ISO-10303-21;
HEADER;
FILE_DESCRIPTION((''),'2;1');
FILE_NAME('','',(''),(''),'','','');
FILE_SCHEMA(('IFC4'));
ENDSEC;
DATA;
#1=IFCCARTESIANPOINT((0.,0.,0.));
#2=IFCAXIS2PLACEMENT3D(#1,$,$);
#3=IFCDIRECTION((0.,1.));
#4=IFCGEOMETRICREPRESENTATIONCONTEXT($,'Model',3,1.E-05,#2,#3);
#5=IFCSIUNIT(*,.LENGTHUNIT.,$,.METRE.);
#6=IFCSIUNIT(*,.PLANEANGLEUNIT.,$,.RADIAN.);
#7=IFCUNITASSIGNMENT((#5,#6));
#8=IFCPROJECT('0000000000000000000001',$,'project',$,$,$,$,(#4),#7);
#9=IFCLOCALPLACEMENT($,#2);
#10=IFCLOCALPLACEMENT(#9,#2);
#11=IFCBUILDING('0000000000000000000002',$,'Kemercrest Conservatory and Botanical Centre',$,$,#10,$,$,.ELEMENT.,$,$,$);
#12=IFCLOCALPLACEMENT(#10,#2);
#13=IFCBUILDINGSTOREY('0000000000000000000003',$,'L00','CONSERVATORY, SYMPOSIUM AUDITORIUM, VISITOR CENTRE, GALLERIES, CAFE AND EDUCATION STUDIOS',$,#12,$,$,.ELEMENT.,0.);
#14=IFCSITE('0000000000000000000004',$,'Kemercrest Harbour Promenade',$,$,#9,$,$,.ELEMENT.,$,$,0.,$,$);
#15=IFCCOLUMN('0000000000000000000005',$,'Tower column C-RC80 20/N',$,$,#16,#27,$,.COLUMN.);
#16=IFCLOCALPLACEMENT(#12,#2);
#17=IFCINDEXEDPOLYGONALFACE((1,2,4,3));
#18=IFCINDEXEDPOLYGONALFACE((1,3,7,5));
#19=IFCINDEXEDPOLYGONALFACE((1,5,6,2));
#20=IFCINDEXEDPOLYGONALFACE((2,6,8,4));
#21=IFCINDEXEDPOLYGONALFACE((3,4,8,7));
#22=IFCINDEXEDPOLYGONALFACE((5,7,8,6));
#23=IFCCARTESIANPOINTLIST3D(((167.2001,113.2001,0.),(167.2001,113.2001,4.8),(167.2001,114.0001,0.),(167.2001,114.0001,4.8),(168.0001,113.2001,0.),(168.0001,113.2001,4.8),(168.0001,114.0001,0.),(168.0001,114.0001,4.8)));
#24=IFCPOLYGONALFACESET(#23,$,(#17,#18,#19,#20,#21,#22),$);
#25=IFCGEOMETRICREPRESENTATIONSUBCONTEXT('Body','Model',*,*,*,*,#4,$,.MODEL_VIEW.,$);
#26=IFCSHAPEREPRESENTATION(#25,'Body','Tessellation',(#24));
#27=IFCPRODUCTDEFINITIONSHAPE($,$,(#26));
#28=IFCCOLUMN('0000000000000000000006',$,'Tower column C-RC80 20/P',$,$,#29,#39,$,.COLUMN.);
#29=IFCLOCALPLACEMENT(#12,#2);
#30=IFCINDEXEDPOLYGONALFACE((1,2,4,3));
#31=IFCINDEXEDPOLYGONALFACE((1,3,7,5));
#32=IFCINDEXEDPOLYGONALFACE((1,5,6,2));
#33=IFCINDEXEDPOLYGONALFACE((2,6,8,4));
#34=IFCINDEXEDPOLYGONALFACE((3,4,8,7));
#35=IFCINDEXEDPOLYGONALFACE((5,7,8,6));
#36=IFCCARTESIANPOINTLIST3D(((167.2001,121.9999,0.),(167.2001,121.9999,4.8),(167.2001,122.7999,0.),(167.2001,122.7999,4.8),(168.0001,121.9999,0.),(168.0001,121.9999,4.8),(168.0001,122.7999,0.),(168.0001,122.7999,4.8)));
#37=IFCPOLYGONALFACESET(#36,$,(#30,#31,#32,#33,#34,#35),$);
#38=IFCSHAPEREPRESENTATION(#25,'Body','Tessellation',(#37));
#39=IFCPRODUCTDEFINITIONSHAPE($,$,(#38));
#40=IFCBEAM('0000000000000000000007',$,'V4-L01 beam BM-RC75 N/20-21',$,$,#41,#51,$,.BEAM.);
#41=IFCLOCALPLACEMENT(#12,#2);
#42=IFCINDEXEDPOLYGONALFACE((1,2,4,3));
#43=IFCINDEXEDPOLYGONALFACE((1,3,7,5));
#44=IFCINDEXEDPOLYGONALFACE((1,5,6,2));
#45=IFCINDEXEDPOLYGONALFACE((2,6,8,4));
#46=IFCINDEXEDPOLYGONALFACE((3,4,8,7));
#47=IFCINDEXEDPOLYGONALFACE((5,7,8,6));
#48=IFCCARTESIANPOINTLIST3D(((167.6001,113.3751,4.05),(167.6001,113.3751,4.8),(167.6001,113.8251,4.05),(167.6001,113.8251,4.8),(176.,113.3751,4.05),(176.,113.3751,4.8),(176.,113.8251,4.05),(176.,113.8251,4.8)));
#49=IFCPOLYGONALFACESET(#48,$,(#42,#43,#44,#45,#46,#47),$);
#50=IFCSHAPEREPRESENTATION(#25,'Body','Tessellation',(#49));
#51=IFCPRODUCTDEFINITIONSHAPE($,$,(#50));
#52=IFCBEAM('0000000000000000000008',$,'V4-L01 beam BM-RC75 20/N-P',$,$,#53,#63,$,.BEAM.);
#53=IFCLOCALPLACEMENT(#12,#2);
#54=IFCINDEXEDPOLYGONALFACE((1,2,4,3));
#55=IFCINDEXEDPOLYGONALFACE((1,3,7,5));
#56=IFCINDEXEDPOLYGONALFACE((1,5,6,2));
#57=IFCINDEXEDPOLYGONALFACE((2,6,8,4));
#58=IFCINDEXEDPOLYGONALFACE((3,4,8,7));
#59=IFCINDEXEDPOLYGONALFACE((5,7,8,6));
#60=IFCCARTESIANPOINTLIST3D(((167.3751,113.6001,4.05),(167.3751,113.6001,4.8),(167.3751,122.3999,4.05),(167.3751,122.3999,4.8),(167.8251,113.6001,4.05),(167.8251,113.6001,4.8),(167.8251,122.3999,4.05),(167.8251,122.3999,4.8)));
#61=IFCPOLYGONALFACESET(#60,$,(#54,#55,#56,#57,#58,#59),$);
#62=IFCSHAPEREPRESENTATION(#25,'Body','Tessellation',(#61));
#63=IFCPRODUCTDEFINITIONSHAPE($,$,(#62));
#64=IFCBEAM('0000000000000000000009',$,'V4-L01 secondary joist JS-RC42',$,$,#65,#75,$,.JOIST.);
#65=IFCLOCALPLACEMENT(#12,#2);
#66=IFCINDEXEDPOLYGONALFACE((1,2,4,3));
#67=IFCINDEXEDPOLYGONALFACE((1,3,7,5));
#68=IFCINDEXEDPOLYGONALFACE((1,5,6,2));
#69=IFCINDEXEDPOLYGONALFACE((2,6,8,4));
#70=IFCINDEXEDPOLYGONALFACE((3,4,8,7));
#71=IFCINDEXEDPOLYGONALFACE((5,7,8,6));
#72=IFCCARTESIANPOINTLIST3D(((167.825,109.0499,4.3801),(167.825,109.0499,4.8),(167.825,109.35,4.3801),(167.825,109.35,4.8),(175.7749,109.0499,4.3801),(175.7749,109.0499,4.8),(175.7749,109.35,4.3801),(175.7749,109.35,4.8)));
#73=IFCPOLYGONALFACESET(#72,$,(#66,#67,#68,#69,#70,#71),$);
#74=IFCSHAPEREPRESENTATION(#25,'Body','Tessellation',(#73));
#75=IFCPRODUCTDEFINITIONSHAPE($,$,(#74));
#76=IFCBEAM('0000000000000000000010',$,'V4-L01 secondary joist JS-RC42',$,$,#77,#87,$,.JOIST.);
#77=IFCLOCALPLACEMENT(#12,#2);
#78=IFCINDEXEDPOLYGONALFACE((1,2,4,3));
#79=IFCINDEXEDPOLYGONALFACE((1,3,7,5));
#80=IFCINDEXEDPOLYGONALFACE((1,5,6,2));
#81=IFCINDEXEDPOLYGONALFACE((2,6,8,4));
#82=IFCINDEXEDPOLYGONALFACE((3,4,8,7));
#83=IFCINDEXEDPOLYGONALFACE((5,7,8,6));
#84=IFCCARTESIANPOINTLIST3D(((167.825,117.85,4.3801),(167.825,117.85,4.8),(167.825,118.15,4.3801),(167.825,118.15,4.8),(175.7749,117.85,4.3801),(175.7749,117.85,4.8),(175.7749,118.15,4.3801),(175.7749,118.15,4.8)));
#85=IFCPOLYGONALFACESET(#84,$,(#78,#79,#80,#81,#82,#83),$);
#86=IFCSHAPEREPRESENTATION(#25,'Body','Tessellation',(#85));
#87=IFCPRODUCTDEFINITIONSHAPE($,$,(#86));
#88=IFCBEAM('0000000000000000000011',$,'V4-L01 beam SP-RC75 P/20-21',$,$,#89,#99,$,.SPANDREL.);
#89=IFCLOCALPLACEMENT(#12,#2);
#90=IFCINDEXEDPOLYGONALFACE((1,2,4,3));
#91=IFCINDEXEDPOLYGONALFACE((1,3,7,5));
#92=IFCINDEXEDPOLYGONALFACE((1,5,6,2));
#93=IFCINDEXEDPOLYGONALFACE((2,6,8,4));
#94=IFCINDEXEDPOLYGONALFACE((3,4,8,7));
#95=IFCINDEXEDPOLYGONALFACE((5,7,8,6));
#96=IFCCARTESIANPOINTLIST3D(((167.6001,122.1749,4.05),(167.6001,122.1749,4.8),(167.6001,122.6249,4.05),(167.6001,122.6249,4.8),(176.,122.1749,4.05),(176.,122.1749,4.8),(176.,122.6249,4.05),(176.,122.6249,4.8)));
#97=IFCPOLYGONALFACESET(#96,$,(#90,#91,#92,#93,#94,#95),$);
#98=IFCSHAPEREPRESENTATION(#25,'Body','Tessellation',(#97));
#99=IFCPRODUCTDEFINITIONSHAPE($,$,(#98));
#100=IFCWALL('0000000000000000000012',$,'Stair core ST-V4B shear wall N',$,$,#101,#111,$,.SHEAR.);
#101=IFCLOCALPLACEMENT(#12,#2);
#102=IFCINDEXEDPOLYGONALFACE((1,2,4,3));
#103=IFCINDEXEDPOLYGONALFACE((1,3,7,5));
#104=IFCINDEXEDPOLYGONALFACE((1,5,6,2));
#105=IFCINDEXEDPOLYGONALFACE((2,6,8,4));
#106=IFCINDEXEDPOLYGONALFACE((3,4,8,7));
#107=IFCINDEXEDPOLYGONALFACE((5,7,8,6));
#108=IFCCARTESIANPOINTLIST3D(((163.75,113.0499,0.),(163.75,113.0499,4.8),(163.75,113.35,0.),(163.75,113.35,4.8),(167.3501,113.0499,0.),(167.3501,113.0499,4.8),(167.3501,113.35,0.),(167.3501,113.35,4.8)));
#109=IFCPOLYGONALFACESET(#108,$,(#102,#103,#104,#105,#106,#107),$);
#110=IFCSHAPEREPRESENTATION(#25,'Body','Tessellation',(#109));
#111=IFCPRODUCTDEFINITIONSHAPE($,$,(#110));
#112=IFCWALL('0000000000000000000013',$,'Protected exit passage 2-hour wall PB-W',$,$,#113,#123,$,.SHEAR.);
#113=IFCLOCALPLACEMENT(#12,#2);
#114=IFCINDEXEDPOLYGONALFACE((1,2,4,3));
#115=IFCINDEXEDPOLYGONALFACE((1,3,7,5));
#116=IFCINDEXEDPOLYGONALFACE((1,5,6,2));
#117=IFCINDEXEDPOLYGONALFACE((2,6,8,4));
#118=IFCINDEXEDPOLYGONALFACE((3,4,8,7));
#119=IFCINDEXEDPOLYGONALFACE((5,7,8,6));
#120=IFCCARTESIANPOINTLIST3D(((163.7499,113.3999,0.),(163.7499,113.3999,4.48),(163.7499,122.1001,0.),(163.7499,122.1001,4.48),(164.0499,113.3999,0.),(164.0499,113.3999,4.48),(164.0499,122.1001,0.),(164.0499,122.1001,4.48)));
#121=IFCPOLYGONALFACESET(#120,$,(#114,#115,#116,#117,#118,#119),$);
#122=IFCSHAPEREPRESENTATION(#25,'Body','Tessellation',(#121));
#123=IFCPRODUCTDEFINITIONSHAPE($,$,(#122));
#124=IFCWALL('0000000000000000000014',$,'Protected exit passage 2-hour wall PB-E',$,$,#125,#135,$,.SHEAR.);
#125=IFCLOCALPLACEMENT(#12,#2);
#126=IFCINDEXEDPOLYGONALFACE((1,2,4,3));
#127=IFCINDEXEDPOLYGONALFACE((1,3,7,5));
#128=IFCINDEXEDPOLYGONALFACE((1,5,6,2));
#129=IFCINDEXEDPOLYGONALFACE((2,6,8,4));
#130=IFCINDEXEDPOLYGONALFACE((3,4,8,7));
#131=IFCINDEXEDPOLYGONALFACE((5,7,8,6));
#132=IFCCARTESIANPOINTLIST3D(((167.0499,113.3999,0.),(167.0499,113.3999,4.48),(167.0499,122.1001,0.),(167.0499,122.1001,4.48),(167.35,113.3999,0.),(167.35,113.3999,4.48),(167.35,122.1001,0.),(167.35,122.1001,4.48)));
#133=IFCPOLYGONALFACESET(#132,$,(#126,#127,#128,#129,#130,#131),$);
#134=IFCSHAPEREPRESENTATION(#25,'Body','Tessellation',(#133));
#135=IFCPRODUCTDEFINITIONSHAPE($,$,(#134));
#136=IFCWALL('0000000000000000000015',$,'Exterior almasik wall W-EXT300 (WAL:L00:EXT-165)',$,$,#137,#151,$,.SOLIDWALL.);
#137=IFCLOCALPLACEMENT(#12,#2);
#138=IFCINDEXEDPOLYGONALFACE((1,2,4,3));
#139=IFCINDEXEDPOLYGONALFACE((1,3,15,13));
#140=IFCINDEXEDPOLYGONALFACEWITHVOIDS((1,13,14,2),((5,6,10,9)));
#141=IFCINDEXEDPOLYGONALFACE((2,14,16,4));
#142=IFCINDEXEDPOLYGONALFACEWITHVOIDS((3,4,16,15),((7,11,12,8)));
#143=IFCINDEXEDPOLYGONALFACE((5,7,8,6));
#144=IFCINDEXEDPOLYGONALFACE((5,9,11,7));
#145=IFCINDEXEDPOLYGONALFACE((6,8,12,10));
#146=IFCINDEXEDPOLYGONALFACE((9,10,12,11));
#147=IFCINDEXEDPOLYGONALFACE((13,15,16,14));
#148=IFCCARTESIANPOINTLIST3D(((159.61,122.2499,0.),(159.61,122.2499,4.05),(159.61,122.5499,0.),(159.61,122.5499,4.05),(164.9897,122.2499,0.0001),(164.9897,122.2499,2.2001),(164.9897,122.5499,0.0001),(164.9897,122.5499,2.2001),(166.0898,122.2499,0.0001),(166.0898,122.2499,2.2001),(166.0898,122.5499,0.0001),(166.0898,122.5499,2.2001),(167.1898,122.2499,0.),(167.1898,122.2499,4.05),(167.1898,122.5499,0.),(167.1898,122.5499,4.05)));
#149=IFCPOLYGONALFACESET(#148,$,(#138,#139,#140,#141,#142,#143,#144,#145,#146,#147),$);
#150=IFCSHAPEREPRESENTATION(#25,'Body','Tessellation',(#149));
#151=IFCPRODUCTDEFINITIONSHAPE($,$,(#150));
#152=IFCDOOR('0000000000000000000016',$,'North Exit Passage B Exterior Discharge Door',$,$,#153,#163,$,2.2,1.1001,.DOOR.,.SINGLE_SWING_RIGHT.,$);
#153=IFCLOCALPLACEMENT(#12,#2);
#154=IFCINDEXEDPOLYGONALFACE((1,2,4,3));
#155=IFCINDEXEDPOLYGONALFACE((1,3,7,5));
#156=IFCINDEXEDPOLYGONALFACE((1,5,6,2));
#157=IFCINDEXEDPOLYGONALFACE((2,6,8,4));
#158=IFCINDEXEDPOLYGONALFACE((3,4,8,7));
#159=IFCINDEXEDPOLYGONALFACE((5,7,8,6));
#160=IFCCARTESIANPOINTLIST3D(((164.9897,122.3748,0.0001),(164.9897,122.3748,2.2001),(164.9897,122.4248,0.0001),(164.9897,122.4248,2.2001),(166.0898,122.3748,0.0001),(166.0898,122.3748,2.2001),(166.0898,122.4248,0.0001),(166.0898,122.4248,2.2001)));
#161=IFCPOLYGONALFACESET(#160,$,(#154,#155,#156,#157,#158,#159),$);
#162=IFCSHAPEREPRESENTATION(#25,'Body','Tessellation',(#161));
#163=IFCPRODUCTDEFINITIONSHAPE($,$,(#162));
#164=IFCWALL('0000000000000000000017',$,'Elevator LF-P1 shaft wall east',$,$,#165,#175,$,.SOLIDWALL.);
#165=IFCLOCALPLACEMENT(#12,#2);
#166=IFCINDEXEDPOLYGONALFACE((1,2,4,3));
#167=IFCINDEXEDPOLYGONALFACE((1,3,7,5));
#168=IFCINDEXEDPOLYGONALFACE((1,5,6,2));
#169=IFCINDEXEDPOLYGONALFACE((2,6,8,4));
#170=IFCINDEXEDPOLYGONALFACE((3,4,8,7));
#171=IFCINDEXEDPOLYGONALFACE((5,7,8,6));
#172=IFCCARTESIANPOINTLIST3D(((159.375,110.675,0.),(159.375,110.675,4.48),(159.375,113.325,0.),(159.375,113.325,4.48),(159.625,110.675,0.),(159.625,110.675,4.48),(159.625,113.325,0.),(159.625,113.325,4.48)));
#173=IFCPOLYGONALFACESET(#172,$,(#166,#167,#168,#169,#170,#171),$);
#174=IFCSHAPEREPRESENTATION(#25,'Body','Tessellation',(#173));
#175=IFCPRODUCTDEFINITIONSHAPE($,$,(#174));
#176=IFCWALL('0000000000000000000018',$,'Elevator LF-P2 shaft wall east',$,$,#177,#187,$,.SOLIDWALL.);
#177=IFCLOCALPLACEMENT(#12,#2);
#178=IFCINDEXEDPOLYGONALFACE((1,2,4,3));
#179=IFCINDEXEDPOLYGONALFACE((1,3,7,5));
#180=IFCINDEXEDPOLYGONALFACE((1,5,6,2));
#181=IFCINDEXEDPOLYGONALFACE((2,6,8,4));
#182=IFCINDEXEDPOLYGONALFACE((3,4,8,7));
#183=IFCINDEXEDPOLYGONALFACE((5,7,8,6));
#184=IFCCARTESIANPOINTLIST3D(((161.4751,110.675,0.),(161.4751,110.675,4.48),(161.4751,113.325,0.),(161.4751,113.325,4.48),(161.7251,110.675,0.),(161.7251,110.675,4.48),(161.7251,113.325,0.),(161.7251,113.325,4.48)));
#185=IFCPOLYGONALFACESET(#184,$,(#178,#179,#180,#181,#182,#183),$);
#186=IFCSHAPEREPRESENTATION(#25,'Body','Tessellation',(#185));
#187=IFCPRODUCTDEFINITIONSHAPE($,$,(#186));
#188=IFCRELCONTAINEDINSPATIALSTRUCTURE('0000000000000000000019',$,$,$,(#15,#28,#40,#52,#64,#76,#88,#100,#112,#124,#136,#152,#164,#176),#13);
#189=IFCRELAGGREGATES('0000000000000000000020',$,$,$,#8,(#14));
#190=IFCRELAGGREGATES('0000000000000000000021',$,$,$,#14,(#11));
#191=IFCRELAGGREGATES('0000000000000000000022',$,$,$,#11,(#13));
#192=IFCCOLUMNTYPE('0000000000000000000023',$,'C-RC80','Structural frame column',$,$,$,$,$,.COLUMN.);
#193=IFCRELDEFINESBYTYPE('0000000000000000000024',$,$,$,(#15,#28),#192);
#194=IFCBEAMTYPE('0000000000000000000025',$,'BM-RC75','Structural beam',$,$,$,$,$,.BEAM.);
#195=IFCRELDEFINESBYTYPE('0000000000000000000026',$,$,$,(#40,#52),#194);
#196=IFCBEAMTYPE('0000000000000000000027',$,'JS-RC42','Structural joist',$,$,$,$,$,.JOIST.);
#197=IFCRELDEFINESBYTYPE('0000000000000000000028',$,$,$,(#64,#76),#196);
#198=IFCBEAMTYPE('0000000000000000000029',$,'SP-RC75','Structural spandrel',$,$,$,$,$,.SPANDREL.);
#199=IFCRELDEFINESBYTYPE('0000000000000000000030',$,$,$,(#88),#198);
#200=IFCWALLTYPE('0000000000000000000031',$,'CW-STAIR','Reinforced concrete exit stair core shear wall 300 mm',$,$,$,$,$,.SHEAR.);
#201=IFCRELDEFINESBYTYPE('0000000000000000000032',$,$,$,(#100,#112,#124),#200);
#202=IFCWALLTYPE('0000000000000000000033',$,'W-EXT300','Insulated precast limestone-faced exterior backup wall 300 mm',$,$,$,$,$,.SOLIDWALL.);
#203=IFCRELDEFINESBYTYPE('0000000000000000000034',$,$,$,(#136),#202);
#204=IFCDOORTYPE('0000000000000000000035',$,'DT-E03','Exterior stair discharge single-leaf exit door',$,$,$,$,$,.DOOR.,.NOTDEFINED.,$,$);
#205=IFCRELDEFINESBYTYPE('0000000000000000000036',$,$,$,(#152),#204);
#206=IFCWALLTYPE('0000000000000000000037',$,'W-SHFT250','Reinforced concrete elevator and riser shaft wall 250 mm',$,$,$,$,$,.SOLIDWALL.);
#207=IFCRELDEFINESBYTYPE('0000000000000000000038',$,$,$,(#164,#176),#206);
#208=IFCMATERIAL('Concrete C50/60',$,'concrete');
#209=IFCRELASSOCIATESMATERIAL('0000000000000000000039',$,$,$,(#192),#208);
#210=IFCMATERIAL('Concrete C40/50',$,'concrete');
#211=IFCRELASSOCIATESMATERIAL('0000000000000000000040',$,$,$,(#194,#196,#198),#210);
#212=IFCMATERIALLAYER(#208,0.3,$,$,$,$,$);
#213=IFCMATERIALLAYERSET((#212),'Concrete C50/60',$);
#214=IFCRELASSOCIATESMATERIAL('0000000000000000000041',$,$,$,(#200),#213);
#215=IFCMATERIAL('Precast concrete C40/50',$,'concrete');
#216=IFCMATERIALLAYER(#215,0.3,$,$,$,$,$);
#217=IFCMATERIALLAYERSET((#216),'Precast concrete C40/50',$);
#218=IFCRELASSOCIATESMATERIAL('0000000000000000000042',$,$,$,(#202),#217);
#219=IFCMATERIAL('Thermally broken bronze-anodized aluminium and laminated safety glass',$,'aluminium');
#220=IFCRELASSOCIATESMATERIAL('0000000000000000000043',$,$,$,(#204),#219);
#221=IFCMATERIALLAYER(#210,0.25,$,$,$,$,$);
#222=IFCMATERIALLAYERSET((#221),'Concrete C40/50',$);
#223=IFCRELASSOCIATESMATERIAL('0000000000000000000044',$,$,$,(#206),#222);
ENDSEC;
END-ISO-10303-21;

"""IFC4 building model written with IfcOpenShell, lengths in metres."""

from ifc_helpers import new_model, si_unit, direction, frame, frame_2d, origin, origin_2d, place, context, subcontext, project, spatial, rectangle, extrude, material, layer, layer_set, material_profile, profile_set, type_object, element, fill, save


model = new_model("IFC4")

# Units and contexts
model_context = context("Model", 3, precision=1e-05, world=origin(), true_north=direction((0.0, 1.0)))
body_context = subcontext(model_context, "Body", "Model", "MODEL_VIEW")
ifc_project = project(units=[si_unit("LENGTHUNIT", "METRE"), si_unit("PLANEANGLEUNIT", "RADIAN")], contexts=[model_context])

# Site, building, storey
site_placement = place(None, origin())
site = spatial("IfcSite", under=ifc_project, at=site_placement, Name="Kemercrest Harbour Promenade", CompositionType="ELEMENT", RefElevation=0.0)
building_placement = place(site_placement, origin())
building = spatial("IfcBuilding", under=site, at=building_placement, Name="Kemercrest Conservatory and Botanical Centre", CompositionType="ELEMENT")
storey_placement = place(building_placement, origin())
storey = spatial("IfcBuildingStorey", under=building, at=storey_placement, Name="L00", Description="CONSERVATORY, SYMPOSIUM AUDITORIUM, VISITOR CENTRE, GALLERIES, CAFE AND EDUCATION STUDIOS", CompositionType="ELEMENT", Elevation=0.0)

# Columns
ifc_material_1 = material(Name="Concrete C50/60", Category="concrete")
ifc_material_profile_1 = material_profile(ifc_material_1, rectangle(XDim=0.8, YDim=0.8, at=origin_2d()), Name="RC 800x800")
ifc_profile_set_1 = profile_set([ifc_material_profile_1], Name="Concrete C50/60")
column_type = type_object("IfcColumnType", Name="C-RC80", Description="Structural frame column", PredefinedType="COLUMN", material=ifc_profile_set_1)
for number, where, z_axis, x_axis, name in (
    (1, (167.6001, 113.6001, 0.0), (0.0, 0.0, 1.0), (1.0, 0.0, 0.0), "Tower column C-RC80 20/N"),
    (2, (167.6001, 122.3999, 0.0), (0.0, 0.0, 1.0), (1.0, 0.0, 0.0), "Tower column C-RC80 20/P"),
):
    element("IfcColumn", number, at=place(storey_placement, frame(where, z_axis=z_axis, x_axis=x_axis)), inside=storey, type_object=column_type, Name=name, PredefinedType="COLUMN", context=body_context, shape_type="SweptSolid", body=[
        extrude(rectangle(XDim=0.8, YDim=0.8, at=origin_2d()), origin(), (0.0, 0.0, 1.0), 4.8),
    ])

# Beams
ifc_material_2 = material(Name="Concrete C40/50", Category="concrete")
ifc_material_profile_2 = material_profile(ifc_material_2, rectangle(XDim=0.45, YDim=0.75, at=origin_2d()), Name="RC 450x750")
ifc_profile_set_2 = profile_set([ifc_material_profile_2], Name="Concrete C40/50")
beam_type_1 = type_object("IfcBeamType", Name="BM-RC75", Description="Structural beam", PredefinedType="BEAM", material=ifc_profile_set_2)
beam_1_placement = place(storey_placement, frame((167.6001, 113.6001, 4.425), z_axis=(1.0, 0.0, 0.0), x_axis=(0.0, 1.0, 0.0)))
element("IfcBeam", 3, at=beam_1_placement, inside=storey, type_object=beam_type_1, Name="V4-L01 beam BM-RC75 N/20-21", PredefinedType="BEAM", context=body_context, shape_type="SweptSolid", body=[
    extrude(rectangle(XDim=0.45, YDim=0.75, at=origin_2d()), origin(), (0.0, 0.0, 1.0), 8.3999),
])
beam_2_placement = place(storey_placement, frame((167.6001, 113.6001, 4.425), z_axis=(0.0, 1.0, 0.0), x_axis=(-1.0, 0.0, 0.0)))
element("IfcBeam", 4, at=beam_2_placement, inside=storey, type_object=beam_type_1, Name="V4-L01 beam BM-RC75 20/N-P", PredefinedType="BEAM", context=body_context, shape_type="SweptSolid", body=[
    extrude(rectangle(XDim=0.45, YDim=0.75, at=origin_2d()), origin(), (0.0, 0.0, 1.0), 8.7998),
])
ifc_material_profile_3 = material_profile(ifc_material_2, rectangle(XDim=0.3, YDim=0.4199, at=origin_2d()), Name="RC 300x420")
ifc_profile_set_3 = profile_set([ifc_material_profile_3], Name="Concrete C40/50")
beam_type_2 = type_object("IfcBeamType", Name="JS-RC42", Description="Structural joist", PredefinedType="JOIST", material=ifc_profile_set_3)
for number, where, z_axis, x_axis, name in (
    (5, (167.825, 109.2, 4.5901), (1.0, 0.0, 0.0), (0.0, 1.0, 0.0), "V4-L01 secondary joist JS-RC42"),
    (6, (167.825, 118.0, 4.5901), (1.0, 0.0, 0.0), (0.0, 1.0, 0.0), "V4-L01 secondary joist JS-RC42"),
):
    element("IfcBeam", number, at=place(storey_placement, frame(where, z_axis=z_axis, x_axis=x_axis)), inside=storey, type_object=beam_type_2, Name=name, PredefinedType="JOIST", context=body_context, shape_type="SweptSolid", body=[
        extrude(rectangle(XDim=0.3, YDim=0.4199, at=origin_2d()), origin(), (0.0, 0.0, 1.0), 7.95),
    ])
ifc_material_profile_4 = material_profile(ifc_material_2, rectangle(XDim=0.45, YDim=0.75, at=origin_2d()), Name="RC 450x750")
ifc_profile_set_4 = profile_set([ifc_material_profile_4], Name="Concrete C40/50")
beam_type_3 = type_object("IfcBeamType", Name="SP-RC75", Description="Structural spandrel", PredefinedType="SPANDREL", material=ifc_profile_set_4)
beam_3_placement = place(storey_placement, frame((167.6001, 122.3999, 4.425), z_axis=(1.0, 0.0, 0.0), x_axis=(0.0, 1.0, 0.0)))
element("IfcBeam", 7, at=beam_3_placement, inside=storey, type_object=beam_type_3, Name="V4-L01 beam SP-RC75 P/20-21", PredefinedType="SPANDREL", context=body_context, shape_type="SweptSolid", body=[
    extrude(rectangle(XDim=0.45, YDim=0.75, at=origin_2d()), origin(), (0.0, 0.0, 1.0), 8.3999),
])

# Walls
ifc_layer_1 = layer(ifc_material_1, 0.3)
ifc_layer_set_1 = layer_set([ifc_layer_1], Name="Concrete C50/60")
wall_type_1 = type_object("IfcWallType", Name="CW-STAIR", Description="Reinforced concrete exit stair core shear wall 300 mm", PredefinedType="SHEAR", material=ifc_layer_set_1)
wall_1_placement = place(storey_placement, frame((163.75, 113.2, 0.0), z_axis=(0.0, 0.0, 1.0), x_axis=(1.0, 0.0, 0.0)))
element("IfcWall", 8, at=wall_1_placement, inside=storey, type_object=wall_type_1, Name="Stair core ST-V4B shear wall N", PredefinedType="SHEAR", context=body_context, shape_type="SweptSolid", body=[
    extrude(rectangle(XDim=3.6001, YDim=0.3, at=frame_2d((1.8, 0.0))), origin(), (0.0, 0.0, 1.0), 4.8),
])
for number, where, z_axis, x_axis, name in (
    (9, (163.8999, 113.3999, 0.0), (0.0, 0.0, 1.0), (0.0, 1.0, 0.0), "Protected exit passage 2-hour wall PB-W"),
    (10, (167.2, 113.3999, 0.0), (0.0, 0.0, 1.0), (0.0, 1.0, 0.0), "Protected exit passage 2-hour wall PB-E"),
):
    element("IfcWall", number, at=place(storey_placement, frame(where, z_axis=z_axis, x_axis=x_axis)), inside=storey, type_object=wall_type_1, Name=name, PredefinedType="SHEAR", context=body_context, shape_type="SweptSolid", body=[
        extrude(rectangle(XDim=8.7002, YDim=0.3, at=frame_2d((4.3501, 0.0))), origin(), (0.0, 0.0, 1.0), 4.48),
    ])

# Wall, opening, door
ifc_material_3 = material(Name="Precast concrete C40/50", Category="concrete")
ifc_layer_2 = layer(ifc_material_3, 0.3)
ifc_layer_set_2 = layer_set([ifc_layer_2], Name="Precast concrete C40/50")
wall_type_2 = type_object("IfcWallType", Name="W-EXT300", Description="Insulated precast limestone-faced exterior backup wall 300 mm", PredefinedType="SOLIDWALL", material=ifc_layer_set_2)
wall_2_placement = place(storey_placement, frame((167.1899, 122.3999, 0.0), z_axis=(0.0, 0.0, 1.0), x_axis=(-1.0, 0.0, 0.0)))
wall_2 = element("IfcWall", 11, at=wall_2_placement, inside=storey, type_object=wall_type_2, Name="Exterior almasik wall W-EXT300 (WAL:L00:EXT-165)", PredefinedType="SOLIDWALL", context=body_context, shape_type="SweptSolid", body=[
    extrude(rectangle(XDim=7.5798, YDim=0.3, at=frame_2d((3.79, 0.0))), origin(), (0.0, 0.0, 1.0), 4.05),
])
opening_1_placement = place(wall_2_placement, frame((1.1001, 0.0, 0.0)))
opening_1 = element("IfcOpeningElement", 12, at=opening_1_placement, cuts=wall_2, PredefinedType="OPENING", context=body_context, shape_type="SweptSolid", body=[
    extrude(rectangle(XDim=1.1001, YDim=2.2, at=frame_2d((0.55, 1.1001))), frame((0.0, 0.1602, 0.0), z_axis=(0.0, -1.0, 0.0), x_axis=(1.0, 0.0, 0.0)), (0.0, 0.0, 1.0), 0.3201),
])
ifc_material_4 = material(Name="Thermally broken bronze-anodized aluminium and laminated safety glass", Category="aluminium")
door_type_1 = type_object("IfcDoorType", Name="DT-E03", Description="Exterior stair discharge single-leaf exit door", OperationType="NOTDEFINED", PredefinedType="DOOR", material=ifc_material_4)
door_1_placement = place(opening_1_placement, frame((1.1001, 0.0, 0.0), z_axis=(0.0, 0.0, 1.0), x_axis=(-1.0, 0.0, 0.0)))
door_1 = element("IfcDoor", 13, at=door_1_placement, inside=storey, type_object=door_type_1, Name="North Exit Passage B Exterior Discharge Door", OperationType="SINGLE_SWING_RIGHT", OverallHeight=2.2, OverallWidth=1.1001, PredefinedType="DOOR", context=body_context, shape_type="SweptSolid", body=[
    extrude(rectangle(XDim=1.1001, YDim=2.2, at=frame_2d((0.55, 1.1001))), frame((0.0, 0.0249, 0.0), z_axis=(0.0, -1.0, 0.0), x_axis=(1.0, 0.0, 0.0)), (0.0, 0.0, 1.0), 0.05),
])
fill(opening_1, door_1)

# Walls
ifc_layer_3 = layer(ifc_material_2, 0.25)
ifc_layer_set_3 = layer_set([ifc_layer_3], Name="Concrete C40/50")
wall_type_3 = type_object("IfcWallType", Name="W-SHFT250", Description="Reinforced concrete elevator and riser shaft wall 250 mm", PredefinedType="SOLIDWALL", material=ifc_layer_set_3)
for number, where, z_axis, x_axis, name in (
    (14, (159.5, 110.675, 0.0), (0.0, 0.0, 1.0), (0.0, 1.0, 0.0), "Elevator LF-P1 shaft wall east"),
    (15, (161.6001, 110.675, 0.0), (0.0, 0.0, 1.0), (0.0, 1.0, 0.0), "Elevator LF-P2 shaft wall east"),
):
    element("IfcWall", number, at=place(storey_placement, frame(where, z_axis=z_axis, x_axis=x_axis)), inside=storey, type_object=wall_type_3, Name=name, PredefinedType="SOLIDWALL", context=body_context, shape_type="SweptSolid", body=[
        extrude(rectangle(XDim=2.6499, YDim=0.25, at=frame_2d((1.325, 0.0))), origin(), (0.0, 0.0, 1.0), 4.48),
    ])

save(model, "model.ifc")
